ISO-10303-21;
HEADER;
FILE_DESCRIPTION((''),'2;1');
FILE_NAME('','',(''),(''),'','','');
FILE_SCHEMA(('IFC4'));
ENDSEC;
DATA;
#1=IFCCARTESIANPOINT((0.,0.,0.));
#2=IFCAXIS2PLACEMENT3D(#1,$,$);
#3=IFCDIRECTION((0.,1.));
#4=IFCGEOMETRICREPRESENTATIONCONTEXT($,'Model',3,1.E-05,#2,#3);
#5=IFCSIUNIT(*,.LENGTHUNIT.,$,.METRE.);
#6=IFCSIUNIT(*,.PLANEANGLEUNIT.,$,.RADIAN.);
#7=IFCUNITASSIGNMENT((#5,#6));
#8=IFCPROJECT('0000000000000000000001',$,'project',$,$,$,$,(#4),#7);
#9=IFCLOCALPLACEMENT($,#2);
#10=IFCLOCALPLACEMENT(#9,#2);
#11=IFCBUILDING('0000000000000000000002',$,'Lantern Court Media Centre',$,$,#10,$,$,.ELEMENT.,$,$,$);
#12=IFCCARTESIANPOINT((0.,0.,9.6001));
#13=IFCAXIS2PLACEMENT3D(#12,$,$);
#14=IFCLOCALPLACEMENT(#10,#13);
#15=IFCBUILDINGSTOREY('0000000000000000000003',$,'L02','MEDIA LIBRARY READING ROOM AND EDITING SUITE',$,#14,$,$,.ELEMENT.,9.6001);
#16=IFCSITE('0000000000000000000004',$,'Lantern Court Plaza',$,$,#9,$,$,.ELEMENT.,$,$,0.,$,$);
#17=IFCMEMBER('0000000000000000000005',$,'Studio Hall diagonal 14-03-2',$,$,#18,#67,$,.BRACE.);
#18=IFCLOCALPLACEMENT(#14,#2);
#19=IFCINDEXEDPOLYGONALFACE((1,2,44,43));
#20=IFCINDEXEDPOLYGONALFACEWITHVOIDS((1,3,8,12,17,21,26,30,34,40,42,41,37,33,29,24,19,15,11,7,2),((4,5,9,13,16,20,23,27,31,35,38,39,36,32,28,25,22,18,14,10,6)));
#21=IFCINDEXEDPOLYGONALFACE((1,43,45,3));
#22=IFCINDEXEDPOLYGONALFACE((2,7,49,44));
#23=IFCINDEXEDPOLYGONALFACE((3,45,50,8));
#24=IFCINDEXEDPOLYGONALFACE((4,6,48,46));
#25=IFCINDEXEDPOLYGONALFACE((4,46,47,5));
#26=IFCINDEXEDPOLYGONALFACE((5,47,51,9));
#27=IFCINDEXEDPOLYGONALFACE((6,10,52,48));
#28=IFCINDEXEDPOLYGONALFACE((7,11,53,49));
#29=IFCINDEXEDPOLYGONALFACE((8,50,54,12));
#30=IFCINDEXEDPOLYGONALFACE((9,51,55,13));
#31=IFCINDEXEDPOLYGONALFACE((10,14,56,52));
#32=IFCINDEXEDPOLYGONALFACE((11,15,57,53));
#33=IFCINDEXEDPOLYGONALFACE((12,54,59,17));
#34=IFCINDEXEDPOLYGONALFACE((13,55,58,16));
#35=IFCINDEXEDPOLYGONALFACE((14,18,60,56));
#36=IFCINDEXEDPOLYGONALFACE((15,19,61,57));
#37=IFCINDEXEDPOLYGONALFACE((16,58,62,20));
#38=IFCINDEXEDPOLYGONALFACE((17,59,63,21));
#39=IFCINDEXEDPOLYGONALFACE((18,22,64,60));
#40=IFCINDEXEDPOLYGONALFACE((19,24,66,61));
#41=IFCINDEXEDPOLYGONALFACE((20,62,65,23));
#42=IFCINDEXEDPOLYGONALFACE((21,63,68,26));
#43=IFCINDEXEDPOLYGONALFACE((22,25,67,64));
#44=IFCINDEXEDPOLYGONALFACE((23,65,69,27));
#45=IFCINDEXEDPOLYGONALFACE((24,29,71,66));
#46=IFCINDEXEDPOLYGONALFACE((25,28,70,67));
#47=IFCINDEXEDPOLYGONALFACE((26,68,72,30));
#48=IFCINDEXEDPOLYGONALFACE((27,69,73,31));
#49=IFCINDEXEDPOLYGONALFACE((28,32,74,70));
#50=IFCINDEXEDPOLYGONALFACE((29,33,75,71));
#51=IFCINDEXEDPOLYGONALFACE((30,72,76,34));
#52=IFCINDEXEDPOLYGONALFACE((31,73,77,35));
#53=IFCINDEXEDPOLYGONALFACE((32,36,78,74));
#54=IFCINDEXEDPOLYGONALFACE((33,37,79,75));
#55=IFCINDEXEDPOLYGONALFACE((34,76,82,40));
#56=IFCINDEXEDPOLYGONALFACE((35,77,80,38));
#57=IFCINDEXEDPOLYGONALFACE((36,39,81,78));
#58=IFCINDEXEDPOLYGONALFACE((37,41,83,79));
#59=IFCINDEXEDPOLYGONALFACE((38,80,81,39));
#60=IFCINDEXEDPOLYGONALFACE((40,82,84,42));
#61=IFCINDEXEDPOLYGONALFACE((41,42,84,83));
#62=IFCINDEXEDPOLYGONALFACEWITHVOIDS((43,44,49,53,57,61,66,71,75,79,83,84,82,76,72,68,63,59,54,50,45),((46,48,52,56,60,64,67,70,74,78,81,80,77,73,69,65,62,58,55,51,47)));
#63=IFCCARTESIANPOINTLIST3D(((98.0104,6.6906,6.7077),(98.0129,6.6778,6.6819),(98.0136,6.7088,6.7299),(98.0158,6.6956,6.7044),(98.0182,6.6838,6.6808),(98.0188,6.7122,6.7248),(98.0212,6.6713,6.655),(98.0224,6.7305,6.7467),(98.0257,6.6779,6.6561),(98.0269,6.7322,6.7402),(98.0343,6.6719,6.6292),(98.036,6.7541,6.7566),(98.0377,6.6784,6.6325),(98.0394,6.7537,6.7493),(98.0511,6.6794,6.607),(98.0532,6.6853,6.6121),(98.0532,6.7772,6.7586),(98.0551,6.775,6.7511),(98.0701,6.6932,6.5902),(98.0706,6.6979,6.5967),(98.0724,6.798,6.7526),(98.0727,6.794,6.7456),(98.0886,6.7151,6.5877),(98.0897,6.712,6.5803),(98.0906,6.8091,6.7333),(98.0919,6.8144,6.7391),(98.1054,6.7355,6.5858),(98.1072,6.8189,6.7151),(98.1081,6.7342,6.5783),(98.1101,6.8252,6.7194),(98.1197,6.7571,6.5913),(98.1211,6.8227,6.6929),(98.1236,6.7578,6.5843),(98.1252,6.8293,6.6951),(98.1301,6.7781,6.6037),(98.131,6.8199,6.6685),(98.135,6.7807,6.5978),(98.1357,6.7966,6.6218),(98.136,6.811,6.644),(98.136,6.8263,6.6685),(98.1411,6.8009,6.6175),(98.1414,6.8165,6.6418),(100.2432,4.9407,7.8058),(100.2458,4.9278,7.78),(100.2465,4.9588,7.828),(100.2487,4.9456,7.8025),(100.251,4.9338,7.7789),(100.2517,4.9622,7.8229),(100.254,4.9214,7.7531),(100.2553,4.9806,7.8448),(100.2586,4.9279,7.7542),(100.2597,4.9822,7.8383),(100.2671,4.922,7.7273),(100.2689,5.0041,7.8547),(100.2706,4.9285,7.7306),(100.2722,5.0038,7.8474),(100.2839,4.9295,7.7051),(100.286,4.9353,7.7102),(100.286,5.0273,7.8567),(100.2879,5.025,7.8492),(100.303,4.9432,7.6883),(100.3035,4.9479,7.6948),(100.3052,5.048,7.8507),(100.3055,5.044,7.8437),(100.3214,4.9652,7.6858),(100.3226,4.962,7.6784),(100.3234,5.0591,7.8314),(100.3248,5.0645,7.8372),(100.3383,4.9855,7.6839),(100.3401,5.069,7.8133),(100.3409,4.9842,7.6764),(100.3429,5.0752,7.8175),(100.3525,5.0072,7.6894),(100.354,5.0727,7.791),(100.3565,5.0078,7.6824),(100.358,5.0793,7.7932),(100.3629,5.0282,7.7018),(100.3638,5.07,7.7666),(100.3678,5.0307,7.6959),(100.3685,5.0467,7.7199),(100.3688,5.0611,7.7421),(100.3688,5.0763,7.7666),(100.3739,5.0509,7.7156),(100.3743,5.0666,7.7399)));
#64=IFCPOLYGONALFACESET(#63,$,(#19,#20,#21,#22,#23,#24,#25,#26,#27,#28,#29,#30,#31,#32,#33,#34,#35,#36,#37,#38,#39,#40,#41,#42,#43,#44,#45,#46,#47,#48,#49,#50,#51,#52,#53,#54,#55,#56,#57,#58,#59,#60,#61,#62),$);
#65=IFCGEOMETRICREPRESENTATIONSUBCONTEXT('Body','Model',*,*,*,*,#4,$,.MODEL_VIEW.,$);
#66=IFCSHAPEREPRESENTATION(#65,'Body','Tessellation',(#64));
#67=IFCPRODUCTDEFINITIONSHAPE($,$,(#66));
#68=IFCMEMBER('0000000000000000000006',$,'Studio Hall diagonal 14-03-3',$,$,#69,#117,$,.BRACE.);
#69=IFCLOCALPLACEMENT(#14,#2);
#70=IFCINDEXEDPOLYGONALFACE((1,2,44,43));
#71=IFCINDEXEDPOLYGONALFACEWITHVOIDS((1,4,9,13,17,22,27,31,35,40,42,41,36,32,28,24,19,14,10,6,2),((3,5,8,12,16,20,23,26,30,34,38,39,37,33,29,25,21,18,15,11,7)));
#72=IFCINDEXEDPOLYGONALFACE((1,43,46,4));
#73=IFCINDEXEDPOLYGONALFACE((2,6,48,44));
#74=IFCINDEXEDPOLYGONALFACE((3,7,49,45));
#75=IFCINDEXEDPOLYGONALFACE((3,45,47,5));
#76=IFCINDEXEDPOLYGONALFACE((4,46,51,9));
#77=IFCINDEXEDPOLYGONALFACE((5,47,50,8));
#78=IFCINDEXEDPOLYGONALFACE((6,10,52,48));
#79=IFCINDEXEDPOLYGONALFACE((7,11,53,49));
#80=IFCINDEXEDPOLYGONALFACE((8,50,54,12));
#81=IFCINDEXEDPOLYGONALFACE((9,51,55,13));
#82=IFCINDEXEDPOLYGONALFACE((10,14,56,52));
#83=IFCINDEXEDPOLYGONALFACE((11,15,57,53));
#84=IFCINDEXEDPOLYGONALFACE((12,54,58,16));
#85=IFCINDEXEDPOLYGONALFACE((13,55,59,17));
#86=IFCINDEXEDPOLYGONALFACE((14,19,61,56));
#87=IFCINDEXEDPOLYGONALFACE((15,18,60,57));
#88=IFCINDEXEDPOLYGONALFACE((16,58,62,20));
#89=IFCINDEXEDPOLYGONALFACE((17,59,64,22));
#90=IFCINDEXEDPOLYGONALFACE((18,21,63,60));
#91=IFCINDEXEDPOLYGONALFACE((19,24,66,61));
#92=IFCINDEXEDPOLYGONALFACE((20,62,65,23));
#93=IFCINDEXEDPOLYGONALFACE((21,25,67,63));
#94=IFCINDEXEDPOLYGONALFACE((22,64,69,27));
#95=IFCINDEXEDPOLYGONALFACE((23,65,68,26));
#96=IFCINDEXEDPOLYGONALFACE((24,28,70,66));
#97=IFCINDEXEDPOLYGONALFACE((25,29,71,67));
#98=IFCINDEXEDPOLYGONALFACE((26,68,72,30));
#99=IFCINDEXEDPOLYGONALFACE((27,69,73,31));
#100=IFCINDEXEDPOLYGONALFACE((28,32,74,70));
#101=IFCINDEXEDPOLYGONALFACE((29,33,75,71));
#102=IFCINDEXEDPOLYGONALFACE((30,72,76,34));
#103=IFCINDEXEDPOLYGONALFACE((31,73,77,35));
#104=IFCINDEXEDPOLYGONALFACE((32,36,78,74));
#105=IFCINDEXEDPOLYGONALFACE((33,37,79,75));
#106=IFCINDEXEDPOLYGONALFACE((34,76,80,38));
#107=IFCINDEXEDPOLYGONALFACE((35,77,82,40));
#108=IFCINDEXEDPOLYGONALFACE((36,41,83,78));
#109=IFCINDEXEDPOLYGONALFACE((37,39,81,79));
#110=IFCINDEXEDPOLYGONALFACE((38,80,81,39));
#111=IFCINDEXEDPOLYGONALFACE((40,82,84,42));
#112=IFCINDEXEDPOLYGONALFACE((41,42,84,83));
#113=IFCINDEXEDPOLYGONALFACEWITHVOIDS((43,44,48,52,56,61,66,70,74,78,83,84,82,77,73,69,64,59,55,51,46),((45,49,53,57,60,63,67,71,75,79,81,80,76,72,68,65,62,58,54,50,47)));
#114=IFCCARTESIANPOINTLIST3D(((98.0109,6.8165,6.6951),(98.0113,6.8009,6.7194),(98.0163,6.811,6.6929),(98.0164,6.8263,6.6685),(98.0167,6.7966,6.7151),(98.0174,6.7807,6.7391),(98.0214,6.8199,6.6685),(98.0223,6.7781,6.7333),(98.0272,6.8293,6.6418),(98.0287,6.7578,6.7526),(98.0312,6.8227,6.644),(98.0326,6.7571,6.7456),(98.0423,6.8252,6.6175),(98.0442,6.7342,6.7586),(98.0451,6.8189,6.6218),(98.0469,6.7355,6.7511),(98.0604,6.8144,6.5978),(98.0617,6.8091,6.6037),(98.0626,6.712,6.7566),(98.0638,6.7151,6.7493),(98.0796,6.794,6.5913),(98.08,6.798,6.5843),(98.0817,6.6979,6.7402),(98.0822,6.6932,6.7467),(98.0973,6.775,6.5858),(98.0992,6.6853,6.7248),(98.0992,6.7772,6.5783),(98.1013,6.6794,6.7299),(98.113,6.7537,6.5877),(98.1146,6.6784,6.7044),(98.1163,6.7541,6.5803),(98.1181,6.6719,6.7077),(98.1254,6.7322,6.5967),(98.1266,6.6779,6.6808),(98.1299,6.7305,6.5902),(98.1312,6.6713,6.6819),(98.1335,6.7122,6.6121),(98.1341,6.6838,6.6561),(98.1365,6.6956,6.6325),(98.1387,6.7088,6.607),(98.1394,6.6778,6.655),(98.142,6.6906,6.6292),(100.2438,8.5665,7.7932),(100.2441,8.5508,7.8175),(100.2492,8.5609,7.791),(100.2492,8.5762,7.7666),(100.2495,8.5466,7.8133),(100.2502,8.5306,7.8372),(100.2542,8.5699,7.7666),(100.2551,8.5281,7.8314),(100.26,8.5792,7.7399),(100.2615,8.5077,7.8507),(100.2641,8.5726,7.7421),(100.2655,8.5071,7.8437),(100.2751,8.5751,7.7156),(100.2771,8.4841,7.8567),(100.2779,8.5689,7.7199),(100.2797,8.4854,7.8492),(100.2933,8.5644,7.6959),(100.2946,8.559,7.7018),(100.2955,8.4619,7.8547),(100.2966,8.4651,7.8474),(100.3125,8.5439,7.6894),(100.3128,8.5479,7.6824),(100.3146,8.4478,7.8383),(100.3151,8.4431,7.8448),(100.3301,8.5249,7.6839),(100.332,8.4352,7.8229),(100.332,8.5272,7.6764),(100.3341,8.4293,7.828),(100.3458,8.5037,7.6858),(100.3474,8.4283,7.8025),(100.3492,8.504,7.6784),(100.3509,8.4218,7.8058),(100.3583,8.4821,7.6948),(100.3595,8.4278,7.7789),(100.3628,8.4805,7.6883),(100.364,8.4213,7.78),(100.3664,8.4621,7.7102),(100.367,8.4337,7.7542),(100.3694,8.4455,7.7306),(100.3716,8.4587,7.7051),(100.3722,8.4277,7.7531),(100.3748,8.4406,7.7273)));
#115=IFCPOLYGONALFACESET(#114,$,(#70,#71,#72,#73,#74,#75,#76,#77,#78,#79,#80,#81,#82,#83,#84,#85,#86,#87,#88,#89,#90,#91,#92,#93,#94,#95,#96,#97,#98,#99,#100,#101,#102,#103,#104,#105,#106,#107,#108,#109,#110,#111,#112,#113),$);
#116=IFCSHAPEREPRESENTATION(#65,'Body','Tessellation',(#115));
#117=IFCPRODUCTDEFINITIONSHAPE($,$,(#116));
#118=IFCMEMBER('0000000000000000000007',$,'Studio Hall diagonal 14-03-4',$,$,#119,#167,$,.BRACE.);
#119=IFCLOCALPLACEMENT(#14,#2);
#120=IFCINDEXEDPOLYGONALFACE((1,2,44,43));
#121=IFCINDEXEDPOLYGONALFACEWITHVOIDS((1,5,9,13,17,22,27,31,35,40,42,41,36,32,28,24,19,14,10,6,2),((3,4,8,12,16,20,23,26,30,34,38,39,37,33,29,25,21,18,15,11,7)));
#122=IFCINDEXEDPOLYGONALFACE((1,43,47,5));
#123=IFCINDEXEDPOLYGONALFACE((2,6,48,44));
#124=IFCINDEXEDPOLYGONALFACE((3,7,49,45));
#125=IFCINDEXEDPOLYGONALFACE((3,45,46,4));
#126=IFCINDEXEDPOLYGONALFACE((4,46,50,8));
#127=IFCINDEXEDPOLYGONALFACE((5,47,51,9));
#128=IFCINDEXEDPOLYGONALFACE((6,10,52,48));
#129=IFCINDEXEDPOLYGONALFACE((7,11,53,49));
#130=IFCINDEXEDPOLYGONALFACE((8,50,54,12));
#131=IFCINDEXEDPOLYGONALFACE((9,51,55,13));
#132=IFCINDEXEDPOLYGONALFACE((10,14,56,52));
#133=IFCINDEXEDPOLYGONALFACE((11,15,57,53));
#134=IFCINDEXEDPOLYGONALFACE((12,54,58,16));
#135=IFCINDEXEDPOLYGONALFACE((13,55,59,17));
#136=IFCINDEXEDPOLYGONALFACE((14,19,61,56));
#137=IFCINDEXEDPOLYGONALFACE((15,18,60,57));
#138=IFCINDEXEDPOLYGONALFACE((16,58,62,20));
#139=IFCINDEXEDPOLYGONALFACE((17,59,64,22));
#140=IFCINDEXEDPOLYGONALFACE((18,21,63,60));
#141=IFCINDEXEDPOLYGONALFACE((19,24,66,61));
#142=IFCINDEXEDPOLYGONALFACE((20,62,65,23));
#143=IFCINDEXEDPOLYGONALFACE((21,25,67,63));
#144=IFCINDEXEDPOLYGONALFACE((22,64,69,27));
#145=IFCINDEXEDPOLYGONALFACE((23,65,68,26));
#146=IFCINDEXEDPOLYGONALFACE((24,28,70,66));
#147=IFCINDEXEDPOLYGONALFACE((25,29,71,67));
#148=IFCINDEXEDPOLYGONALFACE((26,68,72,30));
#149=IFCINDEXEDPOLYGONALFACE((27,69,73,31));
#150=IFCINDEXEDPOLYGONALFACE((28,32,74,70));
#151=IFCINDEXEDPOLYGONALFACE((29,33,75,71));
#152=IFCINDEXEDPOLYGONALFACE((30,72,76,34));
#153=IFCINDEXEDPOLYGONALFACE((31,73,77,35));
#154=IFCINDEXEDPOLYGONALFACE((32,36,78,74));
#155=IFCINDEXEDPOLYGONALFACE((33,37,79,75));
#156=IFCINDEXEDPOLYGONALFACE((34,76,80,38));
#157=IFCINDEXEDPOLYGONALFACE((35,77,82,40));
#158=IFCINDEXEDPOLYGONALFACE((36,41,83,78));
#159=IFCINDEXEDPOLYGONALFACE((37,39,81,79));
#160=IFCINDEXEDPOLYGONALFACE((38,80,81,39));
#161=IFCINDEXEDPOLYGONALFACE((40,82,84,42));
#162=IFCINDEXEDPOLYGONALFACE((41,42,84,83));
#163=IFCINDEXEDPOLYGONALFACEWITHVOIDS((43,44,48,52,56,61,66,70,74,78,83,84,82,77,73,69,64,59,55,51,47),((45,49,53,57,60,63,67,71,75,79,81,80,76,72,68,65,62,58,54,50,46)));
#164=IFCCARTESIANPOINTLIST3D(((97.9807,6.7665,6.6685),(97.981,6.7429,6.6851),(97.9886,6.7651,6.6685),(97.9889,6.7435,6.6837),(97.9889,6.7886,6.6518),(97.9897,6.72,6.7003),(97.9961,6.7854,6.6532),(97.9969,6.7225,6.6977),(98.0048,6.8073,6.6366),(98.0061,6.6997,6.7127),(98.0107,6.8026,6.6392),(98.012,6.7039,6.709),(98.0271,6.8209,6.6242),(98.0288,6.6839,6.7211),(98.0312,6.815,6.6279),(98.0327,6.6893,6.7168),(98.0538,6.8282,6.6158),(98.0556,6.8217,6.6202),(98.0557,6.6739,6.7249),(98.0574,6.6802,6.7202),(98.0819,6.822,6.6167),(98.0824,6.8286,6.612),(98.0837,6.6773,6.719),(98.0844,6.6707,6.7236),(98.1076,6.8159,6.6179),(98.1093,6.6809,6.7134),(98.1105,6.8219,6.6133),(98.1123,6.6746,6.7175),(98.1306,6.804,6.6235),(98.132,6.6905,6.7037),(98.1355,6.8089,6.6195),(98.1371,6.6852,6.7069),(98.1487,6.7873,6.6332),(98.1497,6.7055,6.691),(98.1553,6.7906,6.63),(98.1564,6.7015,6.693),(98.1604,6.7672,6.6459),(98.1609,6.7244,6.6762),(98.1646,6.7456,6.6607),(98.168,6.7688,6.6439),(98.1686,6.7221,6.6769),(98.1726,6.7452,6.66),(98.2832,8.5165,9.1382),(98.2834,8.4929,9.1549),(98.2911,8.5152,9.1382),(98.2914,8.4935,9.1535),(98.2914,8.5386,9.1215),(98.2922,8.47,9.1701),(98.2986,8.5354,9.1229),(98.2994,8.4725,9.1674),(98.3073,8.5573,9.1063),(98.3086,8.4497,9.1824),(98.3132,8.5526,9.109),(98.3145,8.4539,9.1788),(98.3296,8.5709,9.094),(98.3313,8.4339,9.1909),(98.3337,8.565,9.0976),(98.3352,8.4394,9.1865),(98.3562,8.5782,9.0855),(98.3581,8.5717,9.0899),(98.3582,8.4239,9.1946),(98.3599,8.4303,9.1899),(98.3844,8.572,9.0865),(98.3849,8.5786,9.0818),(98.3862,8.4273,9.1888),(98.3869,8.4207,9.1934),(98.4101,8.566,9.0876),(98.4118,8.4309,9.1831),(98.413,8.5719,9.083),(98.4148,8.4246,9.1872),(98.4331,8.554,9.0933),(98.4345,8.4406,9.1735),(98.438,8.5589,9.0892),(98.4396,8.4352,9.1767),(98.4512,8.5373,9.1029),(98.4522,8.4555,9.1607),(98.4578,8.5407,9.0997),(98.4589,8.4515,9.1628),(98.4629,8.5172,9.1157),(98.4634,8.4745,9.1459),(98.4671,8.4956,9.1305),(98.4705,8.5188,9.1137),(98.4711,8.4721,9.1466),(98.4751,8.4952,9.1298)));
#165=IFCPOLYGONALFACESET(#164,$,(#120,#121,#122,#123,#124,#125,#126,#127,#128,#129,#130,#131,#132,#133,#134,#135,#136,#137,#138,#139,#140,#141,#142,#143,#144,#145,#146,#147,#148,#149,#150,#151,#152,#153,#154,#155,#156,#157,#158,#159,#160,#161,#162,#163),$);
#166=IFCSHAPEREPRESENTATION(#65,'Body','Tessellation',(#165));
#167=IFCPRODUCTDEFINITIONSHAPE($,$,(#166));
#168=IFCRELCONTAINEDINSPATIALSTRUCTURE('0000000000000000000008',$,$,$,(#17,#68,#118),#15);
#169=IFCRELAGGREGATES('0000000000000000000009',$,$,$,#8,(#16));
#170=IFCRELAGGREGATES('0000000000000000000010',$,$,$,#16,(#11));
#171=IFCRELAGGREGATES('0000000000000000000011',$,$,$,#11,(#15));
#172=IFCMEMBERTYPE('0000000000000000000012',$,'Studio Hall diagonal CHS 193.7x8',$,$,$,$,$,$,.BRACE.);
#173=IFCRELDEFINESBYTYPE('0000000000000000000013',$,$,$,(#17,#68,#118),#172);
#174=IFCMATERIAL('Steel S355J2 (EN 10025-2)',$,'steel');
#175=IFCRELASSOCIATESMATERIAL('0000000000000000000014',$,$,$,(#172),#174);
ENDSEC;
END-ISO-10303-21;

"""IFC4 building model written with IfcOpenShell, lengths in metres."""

from ifc_helpers import new_model, si_unit, direction, frame, origin, origin_2d, place, context, subcontext, project, spatial, hollow_circle, extrude, material, material_profile, profile_set, type_object, element, save


model = new_model("IFC4")

# Units and contexts
model_context = context("Model", 3, precision=1e-05, world=origin(), true_north=direction((0.0, 1.0)))
body_context = subcontext(model_context, "Body", "Model", "MODEL_VIEW")
ifc_project = project(units=[si_unit("LENGTHUNIT", "METRE"), si_unit("PLANEANGLEUNIT", "RADIAN")], contexts=[model_context])

# Site, building, storey
site_placement = place(None, origin())
site = spatial("IfcSite", under=ifc_project, at=site_placement, Name="Lantern Court Plaza", CompositionType="ELEMENT", RefElevation=0.0)
building_placement = place(site_placement, origin())
building = spatial("IfcBuilding", under=site, at=building_placement, Name="Lantern Court Media Centre", CompositionType="ELEMENT")
storey_placement = place(building_placement, frame((0.0, 0.0, 9.6001)))
storey = spatial("IfcBuildingStorey", under=building, at=storey_placement, Name="L02", Description="MEDIA LIBRARY READING ROOM AND EDITING SUITE", CompositionType="ELEMENT", Elevation=9.6001)

# Members
ifc_material = material(Name="Steel S355J2 (EN 10025-2)", Category="steel")
ifc_material_profile_1 = material_profile(ifc_material, hollow_circle(Radius=0.0969, WallThickness=0.0081, at=origin_2d()), Name="Studio Hall diagonal CHS 193.7x8")
ifc_profile_set_1 = profile_set([ifc_material_profile_1], Name="Steel S355J2 (EN 10025-2)")
member_type_1 = type_object("IfcMemberType", Name="Studio Hall diagonal CHS 193.7x8", PredefinedType="BRACE", material=ifc_profile_set_1)
for number, where, z_axis, x_axis, name in (
    (1, (98.0762, 6.75, 6.6685), (0.734005, -0.575262, 0.360984), (0.616856, 0.787076, 0.0), "Studio Hall diagonal 14-03-2"),
    (2, (98.0762, 6.75, 6.6685), (0.734005, 0.575262, 0.360984), (-0.616856, 0.787076, 0.0), "Studio Hall diagonal 14-03-3"),
    (3, (98.0762, 6.75, 6.6685), (0.099439, 0.575286, 0.811885), (-0.985388, 0.170326, 0.0), "Studio Hall diagonal 14-03-4"),
):
    element("IfcMember", number, at=place(storey_placement, frame(where, z_axis=z_axis, x_axis=x_axis)), inside=storey, type_object=member_type_1, Name=name, PredefinedType="BRACE", context=body_context, shape_type="SweptSolid", body=[
        extrude(hollow_circle(Radius=0.0969, WallThickness=0.0081, at=origin_2d()), origin(), (0.0, 0.0, 1.0), 3.042),
    ])

save(model, "model.ifc")
